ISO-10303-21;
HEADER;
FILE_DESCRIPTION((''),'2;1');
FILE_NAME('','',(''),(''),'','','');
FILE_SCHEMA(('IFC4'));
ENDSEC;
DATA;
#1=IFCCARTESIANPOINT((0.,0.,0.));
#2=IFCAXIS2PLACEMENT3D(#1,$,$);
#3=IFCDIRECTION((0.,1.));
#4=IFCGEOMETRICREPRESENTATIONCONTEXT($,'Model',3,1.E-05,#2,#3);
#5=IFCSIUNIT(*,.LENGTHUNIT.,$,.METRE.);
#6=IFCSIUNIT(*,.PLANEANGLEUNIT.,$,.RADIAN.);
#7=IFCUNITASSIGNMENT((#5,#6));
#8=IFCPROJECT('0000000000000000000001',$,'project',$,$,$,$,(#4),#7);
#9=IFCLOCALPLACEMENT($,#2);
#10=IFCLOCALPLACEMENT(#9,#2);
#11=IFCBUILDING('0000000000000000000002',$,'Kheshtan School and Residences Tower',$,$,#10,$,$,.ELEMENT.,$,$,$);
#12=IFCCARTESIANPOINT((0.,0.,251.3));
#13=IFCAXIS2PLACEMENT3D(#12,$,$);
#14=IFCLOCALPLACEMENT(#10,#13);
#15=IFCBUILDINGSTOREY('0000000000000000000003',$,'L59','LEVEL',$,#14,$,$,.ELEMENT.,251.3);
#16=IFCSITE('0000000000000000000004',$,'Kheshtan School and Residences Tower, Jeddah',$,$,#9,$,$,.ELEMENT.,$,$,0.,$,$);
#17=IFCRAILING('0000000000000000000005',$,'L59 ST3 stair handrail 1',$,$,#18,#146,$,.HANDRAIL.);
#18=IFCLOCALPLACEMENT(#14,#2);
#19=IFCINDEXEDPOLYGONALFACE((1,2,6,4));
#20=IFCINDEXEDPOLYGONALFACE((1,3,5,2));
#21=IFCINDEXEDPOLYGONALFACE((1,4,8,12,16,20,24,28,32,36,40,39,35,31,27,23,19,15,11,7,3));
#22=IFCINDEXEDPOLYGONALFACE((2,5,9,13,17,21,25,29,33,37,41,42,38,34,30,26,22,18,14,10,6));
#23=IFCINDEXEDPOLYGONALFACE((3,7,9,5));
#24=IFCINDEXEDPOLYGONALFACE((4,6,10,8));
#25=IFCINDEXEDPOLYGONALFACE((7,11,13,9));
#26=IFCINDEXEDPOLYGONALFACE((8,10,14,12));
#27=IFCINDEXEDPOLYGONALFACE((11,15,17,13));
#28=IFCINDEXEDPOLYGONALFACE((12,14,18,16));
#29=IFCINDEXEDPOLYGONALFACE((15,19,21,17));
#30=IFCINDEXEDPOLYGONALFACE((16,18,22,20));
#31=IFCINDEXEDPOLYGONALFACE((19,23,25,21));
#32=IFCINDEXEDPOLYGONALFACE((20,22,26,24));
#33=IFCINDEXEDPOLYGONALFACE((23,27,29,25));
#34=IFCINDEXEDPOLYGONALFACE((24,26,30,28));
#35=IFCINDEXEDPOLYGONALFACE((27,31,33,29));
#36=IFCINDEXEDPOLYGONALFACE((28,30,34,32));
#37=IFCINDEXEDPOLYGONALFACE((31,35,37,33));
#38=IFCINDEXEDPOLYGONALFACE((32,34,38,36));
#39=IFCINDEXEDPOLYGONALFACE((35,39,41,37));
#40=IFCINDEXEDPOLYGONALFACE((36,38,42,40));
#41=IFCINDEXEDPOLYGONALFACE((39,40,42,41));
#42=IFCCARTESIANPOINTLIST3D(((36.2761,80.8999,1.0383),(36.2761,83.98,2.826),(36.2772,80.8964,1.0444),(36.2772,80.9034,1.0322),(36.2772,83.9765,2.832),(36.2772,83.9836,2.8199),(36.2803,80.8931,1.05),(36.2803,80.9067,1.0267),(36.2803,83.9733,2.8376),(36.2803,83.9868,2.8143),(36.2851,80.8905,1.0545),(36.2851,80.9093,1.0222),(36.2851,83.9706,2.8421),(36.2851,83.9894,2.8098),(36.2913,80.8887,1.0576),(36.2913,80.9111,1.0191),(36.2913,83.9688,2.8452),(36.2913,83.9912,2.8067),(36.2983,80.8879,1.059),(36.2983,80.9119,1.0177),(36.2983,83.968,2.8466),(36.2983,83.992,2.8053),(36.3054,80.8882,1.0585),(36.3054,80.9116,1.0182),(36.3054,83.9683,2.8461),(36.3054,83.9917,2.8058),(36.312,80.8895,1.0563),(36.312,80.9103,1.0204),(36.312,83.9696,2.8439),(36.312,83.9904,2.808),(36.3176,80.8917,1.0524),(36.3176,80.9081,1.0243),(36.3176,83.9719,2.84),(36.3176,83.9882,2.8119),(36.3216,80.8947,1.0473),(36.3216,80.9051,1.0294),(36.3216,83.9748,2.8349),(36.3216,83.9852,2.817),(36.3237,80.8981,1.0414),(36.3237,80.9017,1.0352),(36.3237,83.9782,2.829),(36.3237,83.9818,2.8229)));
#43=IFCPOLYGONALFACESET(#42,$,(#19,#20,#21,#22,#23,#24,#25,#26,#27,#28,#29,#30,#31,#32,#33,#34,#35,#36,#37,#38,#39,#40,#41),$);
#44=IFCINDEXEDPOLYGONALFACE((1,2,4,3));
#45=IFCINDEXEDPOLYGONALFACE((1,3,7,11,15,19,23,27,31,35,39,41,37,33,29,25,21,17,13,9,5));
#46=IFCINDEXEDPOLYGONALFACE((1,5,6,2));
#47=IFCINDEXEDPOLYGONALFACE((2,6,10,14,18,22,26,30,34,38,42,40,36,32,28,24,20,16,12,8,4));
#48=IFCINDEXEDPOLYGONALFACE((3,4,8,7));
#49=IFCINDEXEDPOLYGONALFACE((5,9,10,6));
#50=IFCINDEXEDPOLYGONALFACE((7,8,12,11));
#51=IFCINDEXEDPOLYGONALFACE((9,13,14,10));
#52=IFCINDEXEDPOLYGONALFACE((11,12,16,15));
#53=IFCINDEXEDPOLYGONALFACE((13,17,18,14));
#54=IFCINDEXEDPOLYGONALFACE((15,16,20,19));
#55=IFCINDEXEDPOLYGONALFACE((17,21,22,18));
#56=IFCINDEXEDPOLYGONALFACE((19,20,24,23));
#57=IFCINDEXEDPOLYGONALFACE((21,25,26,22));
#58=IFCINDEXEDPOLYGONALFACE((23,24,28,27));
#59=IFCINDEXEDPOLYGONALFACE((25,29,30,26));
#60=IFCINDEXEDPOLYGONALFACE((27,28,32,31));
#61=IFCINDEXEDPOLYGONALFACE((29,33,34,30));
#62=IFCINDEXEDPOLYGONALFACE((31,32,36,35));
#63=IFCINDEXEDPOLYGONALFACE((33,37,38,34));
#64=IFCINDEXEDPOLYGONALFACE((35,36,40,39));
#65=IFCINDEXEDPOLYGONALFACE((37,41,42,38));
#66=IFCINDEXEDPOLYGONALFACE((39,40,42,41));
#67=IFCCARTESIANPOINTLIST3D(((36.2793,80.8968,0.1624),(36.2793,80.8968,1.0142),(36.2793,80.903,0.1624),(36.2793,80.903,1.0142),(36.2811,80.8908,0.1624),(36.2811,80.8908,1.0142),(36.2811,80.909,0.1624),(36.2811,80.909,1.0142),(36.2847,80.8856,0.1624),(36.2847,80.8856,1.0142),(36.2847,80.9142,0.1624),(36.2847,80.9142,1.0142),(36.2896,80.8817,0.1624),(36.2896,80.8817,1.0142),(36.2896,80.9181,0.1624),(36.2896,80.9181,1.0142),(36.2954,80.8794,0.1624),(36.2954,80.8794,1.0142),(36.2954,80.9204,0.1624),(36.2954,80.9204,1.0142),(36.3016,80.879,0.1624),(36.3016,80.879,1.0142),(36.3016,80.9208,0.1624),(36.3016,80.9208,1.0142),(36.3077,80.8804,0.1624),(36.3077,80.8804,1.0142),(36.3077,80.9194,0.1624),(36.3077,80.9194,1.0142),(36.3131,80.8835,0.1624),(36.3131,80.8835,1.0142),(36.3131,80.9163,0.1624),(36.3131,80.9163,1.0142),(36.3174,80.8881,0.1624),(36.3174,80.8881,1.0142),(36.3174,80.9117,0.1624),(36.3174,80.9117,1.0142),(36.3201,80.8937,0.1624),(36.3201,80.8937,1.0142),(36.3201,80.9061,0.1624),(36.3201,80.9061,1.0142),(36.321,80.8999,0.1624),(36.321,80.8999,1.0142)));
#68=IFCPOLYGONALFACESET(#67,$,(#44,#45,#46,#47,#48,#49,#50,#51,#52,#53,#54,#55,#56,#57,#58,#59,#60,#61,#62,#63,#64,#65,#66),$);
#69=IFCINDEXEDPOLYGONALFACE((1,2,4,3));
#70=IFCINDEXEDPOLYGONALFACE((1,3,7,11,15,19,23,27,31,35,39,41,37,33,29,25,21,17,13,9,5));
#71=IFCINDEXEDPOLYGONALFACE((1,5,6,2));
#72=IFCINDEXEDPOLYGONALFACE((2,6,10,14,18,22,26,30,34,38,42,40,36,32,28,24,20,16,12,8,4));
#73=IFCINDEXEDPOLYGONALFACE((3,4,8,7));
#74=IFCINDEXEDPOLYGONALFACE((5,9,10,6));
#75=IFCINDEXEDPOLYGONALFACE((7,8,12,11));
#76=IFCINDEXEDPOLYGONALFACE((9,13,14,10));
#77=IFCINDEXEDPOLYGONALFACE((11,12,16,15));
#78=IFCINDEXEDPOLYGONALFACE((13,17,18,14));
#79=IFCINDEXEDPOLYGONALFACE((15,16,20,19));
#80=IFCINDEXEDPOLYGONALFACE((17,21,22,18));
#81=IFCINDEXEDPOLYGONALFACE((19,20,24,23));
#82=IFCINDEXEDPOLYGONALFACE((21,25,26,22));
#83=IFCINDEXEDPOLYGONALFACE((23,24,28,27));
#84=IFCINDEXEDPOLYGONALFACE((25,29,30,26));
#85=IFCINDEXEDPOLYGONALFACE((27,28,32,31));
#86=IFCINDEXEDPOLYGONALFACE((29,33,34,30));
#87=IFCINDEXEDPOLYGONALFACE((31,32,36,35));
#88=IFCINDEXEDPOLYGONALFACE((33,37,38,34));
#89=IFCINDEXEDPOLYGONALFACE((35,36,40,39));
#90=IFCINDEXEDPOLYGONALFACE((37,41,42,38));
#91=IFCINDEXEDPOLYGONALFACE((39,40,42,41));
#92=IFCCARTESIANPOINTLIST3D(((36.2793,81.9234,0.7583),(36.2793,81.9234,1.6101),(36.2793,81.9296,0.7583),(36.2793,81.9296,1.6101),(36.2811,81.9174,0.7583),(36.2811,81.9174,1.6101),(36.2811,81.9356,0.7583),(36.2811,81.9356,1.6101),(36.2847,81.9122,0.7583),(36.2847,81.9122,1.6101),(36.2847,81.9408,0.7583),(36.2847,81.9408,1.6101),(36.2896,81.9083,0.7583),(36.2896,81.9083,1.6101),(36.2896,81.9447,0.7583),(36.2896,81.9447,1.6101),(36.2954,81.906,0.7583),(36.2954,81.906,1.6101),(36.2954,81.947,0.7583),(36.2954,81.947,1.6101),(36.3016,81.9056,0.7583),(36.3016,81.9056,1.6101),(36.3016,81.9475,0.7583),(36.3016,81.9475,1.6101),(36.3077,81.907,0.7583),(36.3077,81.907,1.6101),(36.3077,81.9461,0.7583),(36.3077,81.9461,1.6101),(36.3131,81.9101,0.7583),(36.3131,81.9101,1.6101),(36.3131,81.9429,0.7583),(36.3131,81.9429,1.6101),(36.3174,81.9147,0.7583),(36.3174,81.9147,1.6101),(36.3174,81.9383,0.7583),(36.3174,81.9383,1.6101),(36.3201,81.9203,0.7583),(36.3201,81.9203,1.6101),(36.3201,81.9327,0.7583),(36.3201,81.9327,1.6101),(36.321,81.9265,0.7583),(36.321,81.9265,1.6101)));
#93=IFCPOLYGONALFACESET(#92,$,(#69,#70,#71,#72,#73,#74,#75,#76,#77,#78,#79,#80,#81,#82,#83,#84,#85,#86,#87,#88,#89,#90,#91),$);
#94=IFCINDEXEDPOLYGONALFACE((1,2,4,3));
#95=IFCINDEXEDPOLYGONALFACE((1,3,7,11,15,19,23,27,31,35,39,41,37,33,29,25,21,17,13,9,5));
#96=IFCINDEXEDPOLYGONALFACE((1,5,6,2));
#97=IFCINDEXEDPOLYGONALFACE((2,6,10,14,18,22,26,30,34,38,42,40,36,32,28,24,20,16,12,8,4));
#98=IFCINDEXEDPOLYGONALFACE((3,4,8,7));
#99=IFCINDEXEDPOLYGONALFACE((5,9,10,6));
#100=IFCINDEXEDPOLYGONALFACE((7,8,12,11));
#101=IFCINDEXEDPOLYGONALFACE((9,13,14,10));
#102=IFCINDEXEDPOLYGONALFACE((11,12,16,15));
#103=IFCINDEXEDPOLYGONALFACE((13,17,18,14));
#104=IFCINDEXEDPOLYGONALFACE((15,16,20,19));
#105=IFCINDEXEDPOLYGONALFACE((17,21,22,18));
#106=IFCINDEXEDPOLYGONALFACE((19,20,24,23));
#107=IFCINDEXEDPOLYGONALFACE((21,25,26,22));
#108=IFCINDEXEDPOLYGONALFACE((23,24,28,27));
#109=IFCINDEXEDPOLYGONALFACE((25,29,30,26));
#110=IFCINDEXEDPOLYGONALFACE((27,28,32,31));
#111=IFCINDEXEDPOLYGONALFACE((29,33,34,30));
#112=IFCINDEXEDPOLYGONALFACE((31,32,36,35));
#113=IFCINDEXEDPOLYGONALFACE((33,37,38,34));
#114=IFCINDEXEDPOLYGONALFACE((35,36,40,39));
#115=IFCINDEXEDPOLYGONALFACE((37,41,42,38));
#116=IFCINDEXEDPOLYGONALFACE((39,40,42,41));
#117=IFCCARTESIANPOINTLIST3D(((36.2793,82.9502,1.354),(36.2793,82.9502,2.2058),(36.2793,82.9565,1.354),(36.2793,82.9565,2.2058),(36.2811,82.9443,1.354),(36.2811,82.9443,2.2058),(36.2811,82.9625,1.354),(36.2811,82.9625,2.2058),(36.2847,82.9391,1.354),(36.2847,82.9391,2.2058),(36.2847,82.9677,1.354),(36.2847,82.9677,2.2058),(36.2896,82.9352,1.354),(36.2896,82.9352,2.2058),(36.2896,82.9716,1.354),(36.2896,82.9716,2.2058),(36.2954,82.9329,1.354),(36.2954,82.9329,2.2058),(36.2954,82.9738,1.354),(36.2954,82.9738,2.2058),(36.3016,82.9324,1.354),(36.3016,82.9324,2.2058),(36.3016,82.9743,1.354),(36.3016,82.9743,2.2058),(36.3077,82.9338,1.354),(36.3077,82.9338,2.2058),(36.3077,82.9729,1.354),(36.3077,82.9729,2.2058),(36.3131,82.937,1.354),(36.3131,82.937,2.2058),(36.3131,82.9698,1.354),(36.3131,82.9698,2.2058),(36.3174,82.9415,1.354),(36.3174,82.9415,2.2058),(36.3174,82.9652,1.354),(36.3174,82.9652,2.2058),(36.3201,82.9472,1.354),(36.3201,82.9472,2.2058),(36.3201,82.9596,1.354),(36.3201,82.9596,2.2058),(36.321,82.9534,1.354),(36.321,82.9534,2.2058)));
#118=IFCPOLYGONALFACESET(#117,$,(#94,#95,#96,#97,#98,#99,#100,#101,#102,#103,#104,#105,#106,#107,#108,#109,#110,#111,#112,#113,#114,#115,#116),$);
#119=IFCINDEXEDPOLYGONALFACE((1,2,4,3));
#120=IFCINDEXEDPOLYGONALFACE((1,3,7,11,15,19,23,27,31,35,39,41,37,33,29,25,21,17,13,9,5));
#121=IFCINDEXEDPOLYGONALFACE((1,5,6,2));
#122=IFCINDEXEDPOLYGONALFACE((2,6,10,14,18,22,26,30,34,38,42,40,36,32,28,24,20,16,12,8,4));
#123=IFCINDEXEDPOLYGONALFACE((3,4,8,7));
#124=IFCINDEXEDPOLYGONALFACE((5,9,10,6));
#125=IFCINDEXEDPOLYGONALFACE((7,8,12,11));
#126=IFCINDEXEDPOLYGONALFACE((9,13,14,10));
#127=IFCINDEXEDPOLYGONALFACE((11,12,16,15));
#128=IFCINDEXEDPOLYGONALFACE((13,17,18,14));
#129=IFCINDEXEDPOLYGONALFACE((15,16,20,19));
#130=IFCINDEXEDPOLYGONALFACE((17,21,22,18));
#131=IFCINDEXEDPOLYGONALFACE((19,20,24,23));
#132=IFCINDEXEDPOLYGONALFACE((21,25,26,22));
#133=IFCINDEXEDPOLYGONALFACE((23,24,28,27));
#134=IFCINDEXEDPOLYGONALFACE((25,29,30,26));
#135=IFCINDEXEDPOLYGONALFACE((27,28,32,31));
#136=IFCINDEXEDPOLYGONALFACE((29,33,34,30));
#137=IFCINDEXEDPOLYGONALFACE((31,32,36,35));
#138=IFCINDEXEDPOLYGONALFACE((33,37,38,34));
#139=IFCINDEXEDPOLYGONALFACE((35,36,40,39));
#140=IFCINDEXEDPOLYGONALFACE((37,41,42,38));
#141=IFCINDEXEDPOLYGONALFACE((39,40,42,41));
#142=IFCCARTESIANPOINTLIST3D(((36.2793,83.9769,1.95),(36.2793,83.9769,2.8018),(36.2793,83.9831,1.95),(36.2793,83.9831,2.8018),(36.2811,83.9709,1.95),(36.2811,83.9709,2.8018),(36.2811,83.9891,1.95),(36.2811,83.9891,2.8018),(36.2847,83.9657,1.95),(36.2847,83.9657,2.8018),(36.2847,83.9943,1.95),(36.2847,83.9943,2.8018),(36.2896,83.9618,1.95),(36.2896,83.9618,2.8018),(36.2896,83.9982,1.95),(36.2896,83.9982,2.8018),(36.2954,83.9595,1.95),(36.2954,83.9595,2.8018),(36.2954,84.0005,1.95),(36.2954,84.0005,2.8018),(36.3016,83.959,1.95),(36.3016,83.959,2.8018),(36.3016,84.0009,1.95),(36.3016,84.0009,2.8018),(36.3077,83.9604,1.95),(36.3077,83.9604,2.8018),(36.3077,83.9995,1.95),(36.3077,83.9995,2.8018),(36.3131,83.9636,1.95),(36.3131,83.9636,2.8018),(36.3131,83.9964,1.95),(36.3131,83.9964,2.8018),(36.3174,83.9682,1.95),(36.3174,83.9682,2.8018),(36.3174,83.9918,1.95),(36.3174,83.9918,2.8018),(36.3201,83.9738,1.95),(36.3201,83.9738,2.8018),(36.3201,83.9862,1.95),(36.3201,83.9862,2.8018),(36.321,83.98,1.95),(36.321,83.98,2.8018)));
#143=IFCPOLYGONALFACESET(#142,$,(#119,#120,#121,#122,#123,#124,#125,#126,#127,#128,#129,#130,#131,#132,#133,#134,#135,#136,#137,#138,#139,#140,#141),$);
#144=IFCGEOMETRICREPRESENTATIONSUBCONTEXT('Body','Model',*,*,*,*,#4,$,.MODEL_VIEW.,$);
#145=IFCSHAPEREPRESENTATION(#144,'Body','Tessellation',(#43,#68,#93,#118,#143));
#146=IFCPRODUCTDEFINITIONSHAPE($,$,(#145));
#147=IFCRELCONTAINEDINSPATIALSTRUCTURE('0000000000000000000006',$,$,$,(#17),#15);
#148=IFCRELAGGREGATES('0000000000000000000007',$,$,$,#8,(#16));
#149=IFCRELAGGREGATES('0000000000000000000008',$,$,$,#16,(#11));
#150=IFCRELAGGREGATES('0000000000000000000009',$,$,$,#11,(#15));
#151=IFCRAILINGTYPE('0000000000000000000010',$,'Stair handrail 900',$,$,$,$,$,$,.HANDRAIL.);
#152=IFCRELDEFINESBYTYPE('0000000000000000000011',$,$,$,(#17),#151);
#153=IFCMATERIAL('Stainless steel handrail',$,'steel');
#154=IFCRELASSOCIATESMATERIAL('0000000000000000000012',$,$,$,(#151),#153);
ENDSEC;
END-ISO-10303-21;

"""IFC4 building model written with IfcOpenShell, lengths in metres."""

from ifc_helpers import new_model, si_unit, direction, frame, origin, origin_2d, place, context, subcontext, project, spatial, circle, extrude, material, type_object, element, save


model = new_model("IFC4")

# Units and contexts
model_context = context("Model", 3, precision=1e-05, world=origin(), true_north=direction((0.0, 1.0)))
body_context = subcontext(model_context, "Body", "Model", "MODEL_VIEW")
ifc_project = project(units=[si_unit("LENGTHUNIT", "METRE"), si_unit("PLANEANGLEUNIT", "RADIAN")], contexts=[model_context])

# Site, building, storey
site_placement = place(None, origin())
site = spatial("IfcSite", under=ifc_project, at=site_placement, Name="Kheshtan School and Residences Tower, Jeddah", CompositionType="ELEMENT", RefElevation=0.0)
building_placement = place(site_placement, origin())
building = spatial("IfcBuilding", under=site, at=building_placement, Name="Kheshtan School and Residences Tower", CompositionType="ELEMENT")
storey_placement = place(building_placement, frame((0.0, 0.0, 251.3)))
storey = spatial("IfcBuildingStorey", under=building, at=storey_placement, Name="L59", Description="LEVEL", CompositionType="ELEMENT", Elevation=251.3)

# Railing
ifc_material_1 = material(Name="Stainless steel handrail", Category="steel")
railing_type_1 = type_object("IfcRailingType", Name="Stair handrail 900", PredefinedType="HANDRAIL", material=ifc_material_1)
railing_1_placement = place(storey_placement, frame((36.3, 80.8999, 0.1624)))
element("IfcRailing", 1, at=railing_1_placement, inside=storey, type_object=railing_type_1, Name="L59 ST3 stair handrail 1", PredefinedType="HANDRAIL", context=body_context, shape_type="SweptSolid", body=[
    extrude(circle(Radius=0.0239, at=origin_2d()), frame((0.0, 0.0, 0.876), z_axis=(0.0, 0.864891, 0.50196), x_axis=(-1.0, 0.0, 0.0)), (0.0, 0.0, 1.0), 3.5613),
    extrude(circle(Radius=0.021, at=origin_2d()), origin(), (0.0, 0.0, 1.0), 0.8518),
    extrude(circle(Radius=0.021, at=origin_2d()), frame((0.0, 1.0266, 0.5959)), (0.0, 0.0, 1.0), 0.8518),
    extrude(circle(Radius=0.021, at=origin_2d()), frame((0.0, 2.0535, 1.1917)), (0.0, 0.0, 1.0), 0.8518),
    extrude(circle(Radius=0.021, at=origin_2d()), frame((0.0, 3.0801, 1.7876)), (0.0, 0.0, 1.0), 0.8518),
])

save(model, "model.ifc")
